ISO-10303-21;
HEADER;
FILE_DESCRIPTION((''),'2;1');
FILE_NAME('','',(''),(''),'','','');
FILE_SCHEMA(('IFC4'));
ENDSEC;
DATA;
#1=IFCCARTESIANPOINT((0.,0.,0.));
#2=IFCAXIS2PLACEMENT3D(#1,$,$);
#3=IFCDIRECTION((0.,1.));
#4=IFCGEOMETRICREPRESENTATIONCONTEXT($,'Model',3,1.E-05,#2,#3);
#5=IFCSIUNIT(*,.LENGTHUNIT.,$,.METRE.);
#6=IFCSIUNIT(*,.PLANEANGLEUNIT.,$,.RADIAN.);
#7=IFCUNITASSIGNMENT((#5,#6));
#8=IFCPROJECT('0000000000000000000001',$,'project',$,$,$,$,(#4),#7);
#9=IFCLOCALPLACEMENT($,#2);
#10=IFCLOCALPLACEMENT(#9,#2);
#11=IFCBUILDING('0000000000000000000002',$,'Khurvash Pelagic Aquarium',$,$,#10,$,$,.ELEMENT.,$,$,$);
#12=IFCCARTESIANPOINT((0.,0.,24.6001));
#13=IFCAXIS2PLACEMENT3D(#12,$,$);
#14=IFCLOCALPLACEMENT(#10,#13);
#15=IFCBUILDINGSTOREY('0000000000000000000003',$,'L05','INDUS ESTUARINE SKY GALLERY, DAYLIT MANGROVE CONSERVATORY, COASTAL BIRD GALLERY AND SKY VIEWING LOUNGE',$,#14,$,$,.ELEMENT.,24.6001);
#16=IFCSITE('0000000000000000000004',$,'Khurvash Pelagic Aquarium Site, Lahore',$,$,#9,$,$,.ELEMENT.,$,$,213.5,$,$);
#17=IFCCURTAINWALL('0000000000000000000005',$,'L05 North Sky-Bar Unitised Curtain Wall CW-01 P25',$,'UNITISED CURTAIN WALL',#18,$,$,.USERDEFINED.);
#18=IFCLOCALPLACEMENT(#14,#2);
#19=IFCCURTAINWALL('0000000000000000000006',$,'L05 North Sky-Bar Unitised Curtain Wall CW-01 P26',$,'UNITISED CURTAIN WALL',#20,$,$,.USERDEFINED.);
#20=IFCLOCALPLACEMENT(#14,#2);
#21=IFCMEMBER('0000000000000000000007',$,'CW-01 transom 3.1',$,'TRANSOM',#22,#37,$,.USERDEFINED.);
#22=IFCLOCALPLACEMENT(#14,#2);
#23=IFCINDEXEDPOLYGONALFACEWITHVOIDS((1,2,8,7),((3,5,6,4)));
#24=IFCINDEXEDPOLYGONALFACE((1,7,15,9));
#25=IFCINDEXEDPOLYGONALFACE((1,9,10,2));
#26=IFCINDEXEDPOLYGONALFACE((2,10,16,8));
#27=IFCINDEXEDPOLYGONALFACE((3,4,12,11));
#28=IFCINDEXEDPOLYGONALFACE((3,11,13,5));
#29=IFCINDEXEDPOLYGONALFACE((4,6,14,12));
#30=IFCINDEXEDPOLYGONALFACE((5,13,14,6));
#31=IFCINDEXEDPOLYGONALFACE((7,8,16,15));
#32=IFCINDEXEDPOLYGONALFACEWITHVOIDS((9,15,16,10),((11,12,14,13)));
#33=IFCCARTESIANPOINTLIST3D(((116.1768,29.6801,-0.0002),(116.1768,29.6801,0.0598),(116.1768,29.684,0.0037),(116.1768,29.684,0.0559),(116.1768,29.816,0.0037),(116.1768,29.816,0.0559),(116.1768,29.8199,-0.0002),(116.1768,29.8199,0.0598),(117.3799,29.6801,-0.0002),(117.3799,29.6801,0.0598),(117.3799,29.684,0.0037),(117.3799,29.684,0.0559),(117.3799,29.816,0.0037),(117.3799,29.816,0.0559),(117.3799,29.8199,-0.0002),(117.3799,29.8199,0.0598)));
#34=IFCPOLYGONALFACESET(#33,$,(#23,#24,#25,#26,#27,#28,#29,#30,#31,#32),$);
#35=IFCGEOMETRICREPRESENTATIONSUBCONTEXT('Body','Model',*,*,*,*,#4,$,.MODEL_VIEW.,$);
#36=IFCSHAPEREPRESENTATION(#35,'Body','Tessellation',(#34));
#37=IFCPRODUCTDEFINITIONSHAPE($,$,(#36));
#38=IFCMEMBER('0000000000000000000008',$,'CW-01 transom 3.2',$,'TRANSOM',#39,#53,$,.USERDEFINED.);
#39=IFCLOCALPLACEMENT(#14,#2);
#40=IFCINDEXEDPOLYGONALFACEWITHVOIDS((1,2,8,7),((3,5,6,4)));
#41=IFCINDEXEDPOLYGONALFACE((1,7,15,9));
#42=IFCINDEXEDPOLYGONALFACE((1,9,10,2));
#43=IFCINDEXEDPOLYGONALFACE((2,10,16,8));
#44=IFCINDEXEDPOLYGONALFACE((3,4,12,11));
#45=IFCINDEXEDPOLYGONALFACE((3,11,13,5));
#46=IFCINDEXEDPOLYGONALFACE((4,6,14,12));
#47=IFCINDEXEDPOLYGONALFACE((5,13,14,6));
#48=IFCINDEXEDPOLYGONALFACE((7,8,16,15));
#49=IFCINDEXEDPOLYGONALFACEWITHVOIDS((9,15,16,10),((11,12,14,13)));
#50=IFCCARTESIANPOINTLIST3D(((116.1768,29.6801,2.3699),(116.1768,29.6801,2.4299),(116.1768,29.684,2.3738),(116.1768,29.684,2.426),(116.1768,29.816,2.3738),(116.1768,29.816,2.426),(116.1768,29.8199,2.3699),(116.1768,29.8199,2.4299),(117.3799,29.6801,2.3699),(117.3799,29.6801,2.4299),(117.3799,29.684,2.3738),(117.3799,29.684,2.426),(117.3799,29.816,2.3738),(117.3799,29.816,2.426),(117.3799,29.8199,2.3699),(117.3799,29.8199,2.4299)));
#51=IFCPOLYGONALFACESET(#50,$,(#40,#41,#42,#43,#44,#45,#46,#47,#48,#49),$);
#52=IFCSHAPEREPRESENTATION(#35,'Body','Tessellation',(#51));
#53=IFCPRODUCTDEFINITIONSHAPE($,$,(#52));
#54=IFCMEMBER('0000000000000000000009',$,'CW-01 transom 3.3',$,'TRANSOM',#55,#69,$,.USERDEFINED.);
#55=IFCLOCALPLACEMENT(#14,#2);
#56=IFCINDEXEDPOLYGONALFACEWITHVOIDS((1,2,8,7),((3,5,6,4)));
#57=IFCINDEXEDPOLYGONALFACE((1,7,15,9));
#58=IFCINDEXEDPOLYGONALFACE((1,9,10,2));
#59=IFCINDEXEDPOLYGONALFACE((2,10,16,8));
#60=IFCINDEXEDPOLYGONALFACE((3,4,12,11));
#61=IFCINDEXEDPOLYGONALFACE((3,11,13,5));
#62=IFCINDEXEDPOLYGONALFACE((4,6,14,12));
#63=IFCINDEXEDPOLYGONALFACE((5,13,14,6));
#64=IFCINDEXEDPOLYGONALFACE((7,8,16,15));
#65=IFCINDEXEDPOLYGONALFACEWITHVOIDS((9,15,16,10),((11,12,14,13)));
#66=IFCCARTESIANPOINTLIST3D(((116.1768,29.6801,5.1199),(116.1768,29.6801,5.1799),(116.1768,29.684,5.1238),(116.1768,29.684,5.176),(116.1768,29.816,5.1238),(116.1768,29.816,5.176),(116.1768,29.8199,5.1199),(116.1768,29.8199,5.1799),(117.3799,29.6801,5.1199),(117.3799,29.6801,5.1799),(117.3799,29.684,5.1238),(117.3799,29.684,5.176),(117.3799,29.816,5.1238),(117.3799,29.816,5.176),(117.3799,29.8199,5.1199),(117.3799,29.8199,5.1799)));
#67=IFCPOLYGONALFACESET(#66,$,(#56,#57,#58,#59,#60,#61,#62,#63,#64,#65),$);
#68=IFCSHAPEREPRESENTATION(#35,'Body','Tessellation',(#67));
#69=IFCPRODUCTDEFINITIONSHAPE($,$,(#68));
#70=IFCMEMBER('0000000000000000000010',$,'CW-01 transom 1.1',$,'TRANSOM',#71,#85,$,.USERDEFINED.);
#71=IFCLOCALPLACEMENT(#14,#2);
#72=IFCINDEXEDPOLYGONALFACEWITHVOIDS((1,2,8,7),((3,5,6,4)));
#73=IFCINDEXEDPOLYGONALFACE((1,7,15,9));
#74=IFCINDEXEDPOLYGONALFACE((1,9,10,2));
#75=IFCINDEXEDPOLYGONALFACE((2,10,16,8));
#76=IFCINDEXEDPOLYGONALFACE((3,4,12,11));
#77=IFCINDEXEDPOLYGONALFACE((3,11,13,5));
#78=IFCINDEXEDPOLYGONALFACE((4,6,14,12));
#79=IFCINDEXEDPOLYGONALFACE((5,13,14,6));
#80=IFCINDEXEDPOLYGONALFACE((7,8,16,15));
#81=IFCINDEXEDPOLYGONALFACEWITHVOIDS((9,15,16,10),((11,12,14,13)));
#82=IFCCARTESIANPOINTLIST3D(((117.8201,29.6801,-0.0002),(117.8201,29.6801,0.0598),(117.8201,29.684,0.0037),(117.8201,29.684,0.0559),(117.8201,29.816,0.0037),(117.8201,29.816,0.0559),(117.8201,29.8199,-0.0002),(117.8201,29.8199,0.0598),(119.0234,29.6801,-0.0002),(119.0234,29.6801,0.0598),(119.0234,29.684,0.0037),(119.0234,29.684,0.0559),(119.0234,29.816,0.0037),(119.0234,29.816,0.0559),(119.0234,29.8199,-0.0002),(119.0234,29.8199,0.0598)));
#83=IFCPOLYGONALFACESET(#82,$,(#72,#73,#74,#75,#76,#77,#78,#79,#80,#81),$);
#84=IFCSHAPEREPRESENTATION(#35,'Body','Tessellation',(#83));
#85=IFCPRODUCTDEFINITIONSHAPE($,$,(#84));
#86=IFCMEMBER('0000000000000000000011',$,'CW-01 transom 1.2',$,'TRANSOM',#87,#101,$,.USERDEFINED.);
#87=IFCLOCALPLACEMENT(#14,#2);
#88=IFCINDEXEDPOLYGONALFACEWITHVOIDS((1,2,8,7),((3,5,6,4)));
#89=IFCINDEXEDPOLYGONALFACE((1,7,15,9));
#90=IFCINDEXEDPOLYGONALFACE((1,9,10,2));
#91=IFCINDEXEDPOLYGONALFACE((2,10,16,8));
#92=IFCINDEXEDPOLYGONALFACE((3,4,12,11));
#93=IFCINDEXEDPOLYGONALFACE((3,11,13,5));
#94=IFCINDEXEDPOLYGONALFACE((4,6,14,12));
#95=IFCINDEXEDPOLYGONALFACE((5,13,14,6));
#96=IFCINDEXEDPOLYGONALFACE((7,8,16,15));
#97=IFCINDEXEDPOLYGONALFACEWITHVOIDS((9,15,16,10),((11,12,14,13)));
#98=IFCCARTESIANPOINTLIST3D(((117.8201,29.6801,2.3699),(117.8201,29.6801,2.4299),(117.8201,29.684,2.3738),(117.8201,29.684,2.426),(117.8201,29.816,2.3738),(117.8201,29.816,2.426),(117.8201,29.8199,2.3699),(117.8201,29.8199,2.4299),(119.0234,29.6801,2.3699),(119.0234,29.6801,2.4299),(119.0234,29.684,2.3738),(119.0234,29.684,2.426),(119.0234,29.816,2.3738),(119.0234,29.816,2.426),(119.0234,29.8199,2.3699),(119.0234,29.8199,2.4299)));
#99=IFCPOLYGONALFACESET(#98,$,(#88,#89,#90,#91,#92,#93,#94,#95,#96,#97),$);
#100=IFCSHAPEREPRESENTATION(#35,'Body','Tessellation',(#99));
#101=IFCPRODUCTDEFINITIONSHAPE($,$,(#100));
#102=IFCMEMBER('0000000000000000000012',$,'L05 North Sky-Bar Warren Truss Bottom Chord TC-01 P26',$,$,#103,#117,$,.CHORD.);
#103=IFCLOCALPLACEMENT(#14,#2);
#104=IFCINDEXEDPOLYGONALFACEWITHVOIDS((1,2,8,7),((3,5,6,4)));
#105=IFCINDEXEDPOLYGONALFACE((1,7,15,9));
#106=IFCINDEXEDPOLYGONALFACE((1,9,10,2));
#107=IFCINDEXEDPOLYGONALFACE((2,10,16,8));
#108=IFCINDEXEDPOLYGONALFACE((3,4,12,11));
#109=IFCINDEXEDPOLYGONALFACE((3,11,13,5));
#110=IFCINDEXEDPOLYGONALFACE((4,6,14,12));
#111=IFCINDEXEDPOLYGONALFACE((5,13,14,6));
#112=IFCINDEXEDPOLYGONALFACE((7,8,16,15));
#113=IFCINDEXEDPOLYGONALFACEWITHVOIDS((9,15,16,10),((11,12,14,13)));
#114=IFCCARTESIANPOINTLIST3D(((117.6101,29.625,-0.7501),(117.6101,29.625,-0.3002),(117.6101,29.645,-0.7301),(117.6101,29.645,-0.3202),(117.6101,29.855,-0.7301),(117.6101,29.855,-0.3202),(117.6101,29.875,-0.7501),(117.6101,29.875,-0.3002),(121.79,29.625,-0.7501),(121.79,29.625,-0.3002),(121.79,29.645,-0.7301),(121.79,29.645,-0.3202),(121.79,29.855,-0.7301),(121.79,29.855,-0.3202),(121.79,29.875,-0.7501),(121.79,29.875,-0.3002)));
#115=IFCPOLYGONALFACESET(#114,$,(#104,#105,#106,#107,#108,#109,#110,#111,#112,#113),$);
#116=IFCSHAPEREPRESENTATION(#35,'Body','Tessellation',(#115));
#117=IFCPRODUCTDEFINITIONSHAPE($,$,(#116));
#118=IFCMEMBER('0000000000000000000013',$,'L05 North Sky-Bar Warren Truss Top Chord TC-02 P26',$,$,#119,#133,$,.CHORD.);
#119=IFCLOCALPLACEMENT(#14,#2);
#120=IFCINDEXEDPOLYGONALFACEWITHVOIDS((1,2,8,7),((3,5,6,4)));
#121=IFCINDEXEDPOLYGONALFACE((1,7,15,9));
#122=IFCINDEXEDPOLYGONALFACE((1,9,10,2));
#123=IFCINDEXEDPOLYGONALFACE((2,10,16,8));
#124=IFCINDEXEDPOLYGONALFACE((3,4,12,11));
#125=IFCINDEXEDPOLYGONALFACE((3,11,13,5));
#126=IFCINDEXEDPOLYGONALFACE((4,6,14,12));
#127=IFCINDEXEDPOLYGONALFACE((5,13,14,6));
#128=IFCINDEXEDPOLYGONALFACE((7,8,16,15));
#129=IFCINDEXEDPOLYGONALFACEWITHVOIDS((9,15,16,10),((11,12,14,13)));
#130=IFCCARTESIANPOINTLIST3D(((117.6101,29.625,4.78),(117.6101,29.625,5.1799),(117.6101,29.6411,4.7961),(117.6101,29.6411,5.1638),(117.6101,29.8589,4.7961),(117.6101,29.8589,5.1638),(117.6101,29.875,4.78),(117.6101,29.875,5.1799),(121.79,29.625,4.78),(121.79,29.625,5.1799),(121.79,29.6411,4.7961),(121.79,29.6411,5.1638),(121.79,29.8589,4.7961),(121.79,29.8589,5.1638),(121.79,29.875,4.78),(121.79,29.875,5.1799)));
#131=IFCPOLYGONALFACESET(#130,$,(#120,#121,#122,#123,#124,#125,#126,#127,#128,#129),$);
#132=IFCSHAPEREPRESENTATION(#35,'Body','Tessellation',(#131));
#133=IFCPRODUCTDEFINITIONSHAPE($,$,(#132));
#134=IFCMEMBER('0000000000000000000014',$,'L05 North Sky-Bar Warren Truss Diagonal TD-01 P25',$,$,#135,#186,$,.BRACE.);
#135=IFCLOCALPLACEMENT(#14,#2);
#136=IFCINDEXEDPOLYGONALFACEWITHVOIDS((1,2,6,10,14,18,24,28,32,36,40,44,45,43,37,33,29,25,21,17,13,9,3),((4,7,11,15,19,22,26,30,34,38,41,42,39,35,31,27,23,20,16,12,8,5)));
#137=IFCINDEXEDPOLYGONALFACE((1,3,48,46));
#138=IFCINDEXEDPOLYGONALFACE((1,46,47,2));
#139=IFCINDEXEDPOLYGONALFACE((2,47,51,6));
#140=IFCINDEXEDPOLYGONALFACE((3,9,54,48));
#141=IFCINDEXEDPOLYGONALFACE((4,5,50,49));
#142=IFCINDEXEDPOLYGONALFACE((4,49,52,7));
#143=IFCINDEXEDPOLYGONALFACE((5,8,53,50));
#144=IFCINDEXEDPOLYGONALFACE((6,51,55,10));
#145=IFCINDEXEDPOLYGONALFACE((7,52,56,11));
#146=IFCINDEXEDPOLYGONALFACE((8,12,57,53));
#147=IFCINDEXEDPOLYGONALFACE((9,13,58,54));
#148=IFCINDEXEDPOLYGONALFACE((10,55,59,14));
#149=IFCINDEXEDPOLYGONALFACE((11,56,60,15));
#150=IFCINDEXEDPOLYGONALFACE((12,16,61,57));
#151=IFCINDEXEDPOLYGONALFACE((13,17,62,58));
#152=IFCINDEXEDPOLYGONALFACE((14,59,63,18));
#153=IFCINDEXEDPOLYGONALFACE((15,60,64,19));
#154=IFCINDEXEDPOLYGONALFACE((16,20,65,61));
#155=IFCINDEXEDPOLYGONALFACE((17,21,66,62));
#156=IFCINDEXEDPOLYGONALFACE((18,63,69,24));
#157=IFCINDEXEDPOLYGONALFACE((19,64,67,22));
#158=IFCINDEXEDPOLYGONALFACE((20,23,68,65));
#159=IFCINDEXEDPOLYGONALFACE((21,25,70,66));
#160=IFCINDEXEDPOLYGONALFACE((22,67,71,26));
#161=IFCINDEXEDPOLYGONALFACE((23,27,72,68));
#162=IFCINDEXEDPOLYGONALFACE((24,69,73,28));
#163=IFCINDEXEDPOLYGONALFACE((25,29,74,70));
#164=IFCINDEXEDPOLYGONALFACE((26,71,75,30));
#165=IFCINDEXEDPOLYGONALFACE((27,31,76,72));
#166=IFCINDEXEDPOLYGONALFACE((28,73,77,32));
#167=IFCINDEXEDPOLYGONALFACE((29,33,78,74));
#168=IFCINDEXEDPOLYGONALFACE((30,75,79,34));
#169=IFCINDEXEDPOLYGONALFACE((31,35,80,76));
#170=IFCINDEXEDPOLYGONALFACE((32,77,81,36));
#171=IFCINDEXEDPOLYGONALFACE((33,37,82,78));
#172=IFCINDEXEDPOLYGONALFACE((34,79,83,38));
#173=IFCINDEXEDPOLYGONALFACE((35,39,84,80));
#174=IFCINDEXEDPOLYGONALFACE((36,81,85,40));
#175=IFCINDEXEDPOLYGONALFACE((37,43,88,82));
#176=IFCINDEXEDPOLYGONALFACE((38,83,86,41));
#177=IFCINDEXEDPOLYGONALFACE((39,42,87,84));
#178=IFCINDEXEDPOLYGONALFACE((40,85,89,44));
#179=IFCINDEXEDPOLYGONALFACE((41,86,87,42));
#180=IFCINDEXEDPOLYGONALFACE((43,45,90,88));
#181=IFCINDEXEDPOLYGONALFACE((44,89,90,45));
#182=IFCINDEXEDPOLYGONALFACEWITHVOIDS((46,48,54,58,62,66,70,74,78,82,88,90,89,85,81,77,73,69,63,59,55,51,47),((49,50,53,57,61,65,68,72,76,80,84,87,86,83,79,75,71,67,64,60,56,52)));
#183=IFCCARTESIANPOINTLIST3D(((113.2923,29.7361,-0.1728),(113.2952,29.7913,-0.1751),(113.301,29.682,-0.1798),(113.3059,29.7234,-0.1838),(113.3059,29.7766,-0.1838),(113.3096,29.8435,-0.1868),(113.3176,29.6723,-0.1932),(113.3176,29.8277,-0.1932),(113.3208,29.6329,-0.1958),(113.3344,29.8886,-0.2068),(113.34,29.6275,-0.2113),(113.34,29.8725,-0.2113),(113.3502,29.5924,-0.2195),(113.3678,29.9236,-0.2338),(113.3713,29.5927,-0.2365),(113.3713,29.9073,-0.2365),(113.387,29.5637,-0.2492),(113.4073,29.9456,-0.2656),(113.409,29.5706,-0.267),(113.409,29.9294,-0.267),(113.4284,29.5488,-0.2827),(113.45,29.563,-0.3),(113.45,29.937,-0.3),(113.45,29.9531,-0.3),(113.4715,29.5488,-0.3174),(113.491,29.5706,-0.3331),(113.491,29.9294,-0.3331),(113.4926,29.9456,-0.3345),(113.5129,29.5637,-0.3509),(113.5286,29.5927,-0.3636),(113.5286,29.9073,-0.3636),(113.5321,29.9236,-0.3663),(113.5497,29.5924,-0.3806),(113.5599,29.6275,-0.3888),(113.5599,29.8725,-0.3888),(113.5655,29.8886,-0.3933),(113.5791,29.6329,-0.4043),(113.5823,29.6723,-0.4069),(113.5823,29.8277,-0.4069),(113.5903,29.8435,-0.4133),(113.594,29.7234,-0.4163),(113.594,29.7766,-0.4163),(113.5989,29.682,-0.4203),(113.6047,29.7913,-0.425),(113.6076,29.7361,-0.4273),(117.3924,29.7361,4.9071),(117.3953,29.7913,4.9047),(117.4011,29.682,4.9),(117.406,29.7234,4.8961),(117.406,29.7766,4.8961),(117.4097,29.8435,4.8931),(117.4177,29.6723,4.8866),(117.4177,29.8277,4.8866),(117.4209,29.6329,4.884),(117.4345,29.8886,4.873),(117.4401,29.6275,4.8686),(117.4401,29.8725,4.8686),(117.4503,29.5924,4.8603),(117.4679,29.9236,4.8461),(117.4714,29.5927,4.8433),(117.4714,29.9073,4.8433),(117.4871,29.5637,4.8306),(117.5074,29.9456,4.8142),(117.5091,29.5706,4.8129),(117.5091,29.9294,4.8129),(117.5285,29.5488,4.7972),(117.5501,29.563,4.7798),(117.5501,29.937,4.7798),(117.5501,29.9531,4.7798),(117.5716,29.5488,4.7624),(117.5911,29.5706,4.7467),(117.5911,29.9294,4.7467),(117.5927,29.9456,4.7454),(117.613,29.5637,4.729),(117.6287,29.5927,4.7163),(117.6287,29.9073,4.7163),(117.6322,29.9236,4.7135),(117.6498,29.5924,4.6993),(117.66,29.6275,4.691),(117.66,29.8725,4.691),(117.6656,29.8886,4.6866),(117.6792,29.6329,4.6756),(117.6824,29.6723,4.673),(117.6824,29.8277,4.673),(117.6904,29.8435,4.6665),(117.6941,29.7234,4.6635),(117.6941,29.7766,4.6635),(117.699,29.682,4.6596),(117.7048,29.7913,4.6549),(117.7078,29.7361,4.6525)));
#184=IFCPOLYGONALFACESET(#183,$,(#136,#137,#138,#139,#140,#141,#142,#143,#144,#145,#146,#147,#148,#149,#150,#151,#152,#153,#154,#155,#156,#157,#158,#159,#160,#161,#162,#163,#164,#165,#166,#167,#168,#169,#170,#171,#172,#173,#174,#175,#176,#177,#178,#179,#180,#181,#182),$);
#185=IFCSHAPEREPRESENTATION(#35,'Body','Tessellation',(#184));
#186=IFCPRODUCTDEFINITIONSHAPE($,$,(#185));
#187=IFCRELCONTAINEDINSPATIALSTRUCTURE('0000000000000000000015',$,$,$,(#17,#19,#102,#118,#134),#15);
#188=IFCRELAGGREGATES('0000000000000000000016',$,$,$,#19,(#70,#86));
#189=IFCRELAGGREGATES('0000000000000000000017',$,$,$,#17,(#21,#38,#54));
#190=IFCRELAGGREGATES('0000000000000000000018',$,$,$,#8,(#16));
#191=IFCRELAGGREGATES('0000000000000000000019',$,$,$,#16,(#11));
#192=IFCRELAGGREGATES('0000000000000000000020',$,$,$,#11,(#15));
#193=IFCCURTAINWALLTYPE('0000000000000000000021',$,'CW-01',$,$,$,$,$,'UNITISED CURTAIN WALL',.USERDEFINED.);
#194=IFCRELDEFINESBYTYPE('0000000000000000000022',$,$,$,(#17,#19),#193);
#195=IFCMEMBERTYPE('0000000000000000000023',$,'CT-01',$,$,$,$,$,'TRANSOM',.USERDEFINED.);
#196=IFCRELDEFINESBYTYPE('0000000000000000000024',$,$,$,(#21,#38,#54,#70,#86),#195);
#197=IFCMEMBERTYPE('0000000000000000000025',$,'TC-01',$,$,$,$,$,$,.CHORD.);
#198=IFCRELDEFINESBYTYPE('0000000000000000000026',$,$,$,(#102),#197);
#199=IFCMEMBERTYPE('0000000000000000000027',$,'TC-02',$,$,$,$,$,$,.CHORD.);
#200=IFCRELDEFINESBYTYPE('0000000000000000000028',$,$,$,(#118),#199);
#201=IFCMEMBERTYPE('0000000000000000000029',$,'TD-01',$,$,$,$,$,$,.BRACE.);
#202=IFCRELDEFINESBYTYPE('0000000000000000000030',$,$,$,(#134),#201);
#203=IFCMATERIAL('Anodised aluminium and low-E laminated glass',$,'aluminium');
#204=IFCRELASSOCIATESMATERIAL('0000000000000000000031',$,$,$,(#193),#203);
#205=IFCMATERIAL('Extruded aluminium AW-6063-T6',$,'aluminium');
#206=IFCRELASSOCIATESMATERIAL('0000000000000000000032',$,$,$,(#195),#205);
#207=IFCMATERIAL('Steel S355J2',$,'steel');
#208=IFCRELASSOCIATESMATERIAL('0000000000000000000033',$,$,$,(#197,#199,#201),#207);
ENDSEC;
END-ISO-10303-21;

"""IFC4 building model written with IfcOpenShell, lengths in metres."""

from ifc_helpers import new_model, si_unit, direction, frame, origin, origin_2d, place, context, subcontext, project, spatial, hollow_rectangle, hollow_circle, extrude, material, material_profile, profile_set, type_object, element, aggregate, save


model = new_model("IFC4")

# Units and contexts
model_context = context("Model", 3, precision=1e-05, world=origin(), true_north=direction((0.0, 1.0)))
body_context = subcontext(model_context, "Body", "Model", "MODEL_VIEW")
ifc_project = project(units=[si_unit("LENGTHUNIT", "METRE"), si_unit("PLANEANGLEUNIT", "RADIAN")], contexts=[model_context])

# Site, building, storey
site_placement = place(None, origin())
site = spatial("IfcSite", under=ifc_project, at=site_placement, Name="Khurvash Pelagic Aquarium Site, Lahore", CompositionType="ELEMENT", RefElevation=213.5)
building_placement = place(site_placement, origin())
building = spatial("IfcBuilding", under=site, at=building_placement, Name="Khurvash Pelagic Aquarium", CompositionType="ELEMENT")
storey_placement = place(building_placement, frame((0.0, 0.0, 24.6001)))
storey = spatial("IfcBuildingStorey", under=building, at=storey_placement, Name="L05", Description="INDUS ESTUARINE SKY GALLERY, DAYLIT MANGROVE CONSERVATORY, COASTAL BIRD GALLERY AND SKY VIEWING LOUNGE", CompositionType="ELEMENT", Elevation=24.6001)

# Curtain wall
ifc_material_1 = material(Name="Anodised aluminium and low-E laminated glass", Category="aluminium")
curtain_wall_type = type_object("IfcCurtainWallType", Name="CW-01", ElementType="UNITISED CURTAIN WALL", PredefinedType="USERDEFINED", material=ifc_material_1)
curtain_wall_1_placement = place(storey_placement, origin())
curtain_wall_1 = element("IfcCurtainWall", 1, at=curtain_wall_1_placement, inside=storey, type_object=curtain_wall_type, Name="L05 North Sky-Bar Unitised Curtain Wall CW-01 P25", ObjectType="UNITISED CURTAIN WALL", PredefinedType="USERDEFINED")
ifc_material_2 = material(Name="Extruded aluminium AW-6063-T6", Category="aluminium")

# Curtain wall
curtain_wall_2_placement = place(storey_placement, origin())
curtain_wall_2 = element("IfcCurtainWall", 2, at=curtain_wall_2_placement, inside=storey, type_object=curtain_wall_type, Name="L05 North Sky-Bar Unitised Curtain Wall CW-01 P26", ObjectType="UNITISED CURTAIN WALL", PredefinedType="USERDEFINED")

# Members
ifc_material_profile_1 = material_profile(ifc_material_2, hollow_rectangle(XDim=0.1399, YDim=0.0601, WallThickness=0.0039, at=origin_2d()), Name="CWT140X60X4")
ifc_profile_set_1 = profile_set([ifc_material_profile_1], Name="Extruded aluminium AW-6063-T6")
member_type_1 = type_object("IfcMemberType", Name="CT-01", ElementType="TRANSOM", PredefinedType="USERDEFINED", material=ifc_profile_set_1)
member_1_placement = place(storey_placement, frame((116.1768, 29.75, 0.0298), z_axis=(1.0, 0.0, 0.0), x_axis=(0.0, 1.0, 0.0)))
member_1 = element("IfcMember", 3, at=member_1_placement, type_object=member_type_1, Name="CW-01 transom 3.1", ObjectType="TRANSOM", PredefinedType="USERDEFINED", context=body_context, shape_type="SweptSolid", body=[
    extrude(hollow_rectangle(XDim=0.1399, YDim=0.0601, WallThickness=0.0039, at=origin_2d()), origin(), (0.0, 0.0, 1.0), 1.2031),
])
member_2_placement = place(storey_placement, frame((116.1768, 29.75, 2.3999), z_axis=(1.0, 0.0, 0.0), x_axis=(0.0, 1.0, 0.0)))
member_2 = element("IfcMember", 4, at=member_2_placement, type_object=member_type_1, Name="CW-01 transom 3.2", ObjectType="TRANSOM", PredefinedType="USERDEFINED", context=body_context, shape_type="SweptSolid", body=[
    extrude(hollow_rectangle(XDim=0.1399, YDim=0.0601, WallThickness=0.0039, at=origin_2d()), origin(), (0.0, 0.0, 1.0), 1.2031),
])
member_3_placement = place(storey_placement, frame((116.1768, 29.75, 5.1499), z_axis=(1.0, 0.0, 0.0), x_axis=(0.0, 1.0, 0.0)))
member_3 = element("IfcMember", 5, at=member_3_placement, type_object=member_type_1, Name="CW-01 transom 3.3", ObjectType="TRANSOM", PredefinedType="USERDEFINED", context=body_context, shape_type="SweptSolid", body=[
    extrude(hollow_rectangle(XDim=0.1399, YDim=0.0601, WallThickness=0.0039, at=origin_2d()), origin(), (0.0, 0.0, 1.0), 1.2031),
])
member_4_placement = place(storey_placement, frame((117.8201, 29.75, 0.0298), z_axis=(1.0, 0.0, 0.0), x_axis=(0.0, 1.0, 0.0)))
member_4 = element("IfcMember", 6, at=member_4_placement, type_object=member_type_1, Name="CW-01 transom 1.1", ObjectType="TRANSOM", PredefinedType="USERDEFINED", context=body_context, shape_type="SweptSolid", body=[
    extrude(hollow_rectangle(XDim=0.1399, YDim=0.0601, WallThickness=0.0039, at=origin_2d()), origin(), (0.0, 0.0, 1.0), 1.2034),
])
member_5_placement = place(storey_placement, frame((117.8201, 29.75, 2.3999), z_axis=(1.0, 0.0, 0.0), x_axis=(0.0, 1.0, 0.0)))
member_5 = element("IfcMember", 7, at=member_5_placement, type_object=member_type_1, Name="CW-01 transom 1.2", ObjectType="TRANSOM", PredefinedType="USERDEFINED", context=body_context, shape_type="SweptSolid", body=[
    extrude(hollow_rectangle(XDim=0.1399, YDim=0.0601, WallThickness=0.0039, at=origin_2d()), origin(), (0.0, 0.0, 1.0), 1.2034),
])
aggregate(curtain_wall_2, [member_4, member_5])

# Members
ifc_material_3 = material(Name="Steel S355J2", Category="steel")
ifc_material_profile_2 = material_profile(ifc_material_3, hollow_rectangle(XDim=0.25, YDim=0.45, WallThickness=0.02, at=origin_2d()), Name="RHS450X250X20")
ifc_profile_set_2 = profile_set([ifc_material_profile_2], Name="Steel S355J2")
member_type_2 = type_object("IfcMemberType", Name="TC-01", PredefinedType="CHORD", material=ifc_profile_set_2)
member_6_placement = place(storey_placement, frame((117.6101, 29.75, -0.5251), z_axis=(1.0, 0.0, 0.0), x_axis=(0.0, 1.0, 0.0)))
element("IfcMember", 8, at=member_6_placement, inside=storey, type_object=member_type_2, Name="L05 North Sky-Bar Warren Truss Bottom Chord TC-01 P26", PredefinedType="CHORD", context=body_context, shape_type="SweptSolid", body=[
    extrude(hollow_rectangle(XDim=0.25, YDim=0.45, WallThickness=0.02, at=origin_2d()), origin(), (0.0, 0.0, 1.0), 4.1799),
])
ifc_material_profile_3 = material_profile(ifc_material_3, hollow_rectangle(XDim=0.25, YDim=0.3999, WallThickness=0.0161, at=origin_2d()), Name="RHS400X250X16")
ifc_profile_set_3 = profile_set([ifc_material_profile_3], Name="Steel S355J2")
member_type_3 = type_object("IfcMemberType", Name="TC-02", PredefinedType="CHORD", material=ifc_profile_set_3)
member_7_placement = place(storey_placement, frame((117.6101, 29.75, 4.98), z_axis=(1.0, 0.0, 0.0), x_axis=(0.0, 1.0, 0.0)))
element("IfcMember", 9, at=member_7_placement, inside=storey, type_object=member_type_3, Name="L05 North Sky-Bar Warren Truss Top Chord TC-02 P26", PredefinedType="CHORD", context=body_context, shape_type="SweptSolid", body=[
    extrude(hollow_rectangle(XDim=0.25, YDim=0.3999, WallThickness=0.0161, at=origin_2d()), origin(), (0.0, 0.0, 1.0), 4.1799),
])
ifc_material_profile_4 = material_profile(ifc_material_3, hollow_circle(Radius=0.2031, WallThickness=0.0161, at=origin_2d()), Name="CHS406X16")
ifc_profile_set_4 = profile_set([ifc_material_profile_4], Name="Steel S355J2")
member_type_4 = type_object("IfcMemberType", Name="TD-01", PredefinedType="BRACE", material=ifc_profile_set_4)
for number, where, z_axis, x_axis, name in (
    (10, (113.45, 29.75, -0.3), (0.628073, 0.0, 0.778154), (0.0, 1.0, 0.0), "L05 North Sky-Bar Warren Truss Diagonal TD-01 P25"),
):
    element("IfcMember", number, at=place(storey_placement, frame(where, z_axis=z_axis, x_axis=x_axis)), inside=storey, type_object=member_type_4, Name=name, PredefinedType="BRACE", context=body_context, shape_type="SweptSolid", body=[
        extrude(hollow_circle(Radius=0.2031, WallThickness=0.0161, at=origin_2d()), origin(), (0.0, 0.0, 1.0), 6.5281),
    ])

aggregate(curtain_wall_1, [member_1, member_2, member_3])

save(model, "model.ifc")
